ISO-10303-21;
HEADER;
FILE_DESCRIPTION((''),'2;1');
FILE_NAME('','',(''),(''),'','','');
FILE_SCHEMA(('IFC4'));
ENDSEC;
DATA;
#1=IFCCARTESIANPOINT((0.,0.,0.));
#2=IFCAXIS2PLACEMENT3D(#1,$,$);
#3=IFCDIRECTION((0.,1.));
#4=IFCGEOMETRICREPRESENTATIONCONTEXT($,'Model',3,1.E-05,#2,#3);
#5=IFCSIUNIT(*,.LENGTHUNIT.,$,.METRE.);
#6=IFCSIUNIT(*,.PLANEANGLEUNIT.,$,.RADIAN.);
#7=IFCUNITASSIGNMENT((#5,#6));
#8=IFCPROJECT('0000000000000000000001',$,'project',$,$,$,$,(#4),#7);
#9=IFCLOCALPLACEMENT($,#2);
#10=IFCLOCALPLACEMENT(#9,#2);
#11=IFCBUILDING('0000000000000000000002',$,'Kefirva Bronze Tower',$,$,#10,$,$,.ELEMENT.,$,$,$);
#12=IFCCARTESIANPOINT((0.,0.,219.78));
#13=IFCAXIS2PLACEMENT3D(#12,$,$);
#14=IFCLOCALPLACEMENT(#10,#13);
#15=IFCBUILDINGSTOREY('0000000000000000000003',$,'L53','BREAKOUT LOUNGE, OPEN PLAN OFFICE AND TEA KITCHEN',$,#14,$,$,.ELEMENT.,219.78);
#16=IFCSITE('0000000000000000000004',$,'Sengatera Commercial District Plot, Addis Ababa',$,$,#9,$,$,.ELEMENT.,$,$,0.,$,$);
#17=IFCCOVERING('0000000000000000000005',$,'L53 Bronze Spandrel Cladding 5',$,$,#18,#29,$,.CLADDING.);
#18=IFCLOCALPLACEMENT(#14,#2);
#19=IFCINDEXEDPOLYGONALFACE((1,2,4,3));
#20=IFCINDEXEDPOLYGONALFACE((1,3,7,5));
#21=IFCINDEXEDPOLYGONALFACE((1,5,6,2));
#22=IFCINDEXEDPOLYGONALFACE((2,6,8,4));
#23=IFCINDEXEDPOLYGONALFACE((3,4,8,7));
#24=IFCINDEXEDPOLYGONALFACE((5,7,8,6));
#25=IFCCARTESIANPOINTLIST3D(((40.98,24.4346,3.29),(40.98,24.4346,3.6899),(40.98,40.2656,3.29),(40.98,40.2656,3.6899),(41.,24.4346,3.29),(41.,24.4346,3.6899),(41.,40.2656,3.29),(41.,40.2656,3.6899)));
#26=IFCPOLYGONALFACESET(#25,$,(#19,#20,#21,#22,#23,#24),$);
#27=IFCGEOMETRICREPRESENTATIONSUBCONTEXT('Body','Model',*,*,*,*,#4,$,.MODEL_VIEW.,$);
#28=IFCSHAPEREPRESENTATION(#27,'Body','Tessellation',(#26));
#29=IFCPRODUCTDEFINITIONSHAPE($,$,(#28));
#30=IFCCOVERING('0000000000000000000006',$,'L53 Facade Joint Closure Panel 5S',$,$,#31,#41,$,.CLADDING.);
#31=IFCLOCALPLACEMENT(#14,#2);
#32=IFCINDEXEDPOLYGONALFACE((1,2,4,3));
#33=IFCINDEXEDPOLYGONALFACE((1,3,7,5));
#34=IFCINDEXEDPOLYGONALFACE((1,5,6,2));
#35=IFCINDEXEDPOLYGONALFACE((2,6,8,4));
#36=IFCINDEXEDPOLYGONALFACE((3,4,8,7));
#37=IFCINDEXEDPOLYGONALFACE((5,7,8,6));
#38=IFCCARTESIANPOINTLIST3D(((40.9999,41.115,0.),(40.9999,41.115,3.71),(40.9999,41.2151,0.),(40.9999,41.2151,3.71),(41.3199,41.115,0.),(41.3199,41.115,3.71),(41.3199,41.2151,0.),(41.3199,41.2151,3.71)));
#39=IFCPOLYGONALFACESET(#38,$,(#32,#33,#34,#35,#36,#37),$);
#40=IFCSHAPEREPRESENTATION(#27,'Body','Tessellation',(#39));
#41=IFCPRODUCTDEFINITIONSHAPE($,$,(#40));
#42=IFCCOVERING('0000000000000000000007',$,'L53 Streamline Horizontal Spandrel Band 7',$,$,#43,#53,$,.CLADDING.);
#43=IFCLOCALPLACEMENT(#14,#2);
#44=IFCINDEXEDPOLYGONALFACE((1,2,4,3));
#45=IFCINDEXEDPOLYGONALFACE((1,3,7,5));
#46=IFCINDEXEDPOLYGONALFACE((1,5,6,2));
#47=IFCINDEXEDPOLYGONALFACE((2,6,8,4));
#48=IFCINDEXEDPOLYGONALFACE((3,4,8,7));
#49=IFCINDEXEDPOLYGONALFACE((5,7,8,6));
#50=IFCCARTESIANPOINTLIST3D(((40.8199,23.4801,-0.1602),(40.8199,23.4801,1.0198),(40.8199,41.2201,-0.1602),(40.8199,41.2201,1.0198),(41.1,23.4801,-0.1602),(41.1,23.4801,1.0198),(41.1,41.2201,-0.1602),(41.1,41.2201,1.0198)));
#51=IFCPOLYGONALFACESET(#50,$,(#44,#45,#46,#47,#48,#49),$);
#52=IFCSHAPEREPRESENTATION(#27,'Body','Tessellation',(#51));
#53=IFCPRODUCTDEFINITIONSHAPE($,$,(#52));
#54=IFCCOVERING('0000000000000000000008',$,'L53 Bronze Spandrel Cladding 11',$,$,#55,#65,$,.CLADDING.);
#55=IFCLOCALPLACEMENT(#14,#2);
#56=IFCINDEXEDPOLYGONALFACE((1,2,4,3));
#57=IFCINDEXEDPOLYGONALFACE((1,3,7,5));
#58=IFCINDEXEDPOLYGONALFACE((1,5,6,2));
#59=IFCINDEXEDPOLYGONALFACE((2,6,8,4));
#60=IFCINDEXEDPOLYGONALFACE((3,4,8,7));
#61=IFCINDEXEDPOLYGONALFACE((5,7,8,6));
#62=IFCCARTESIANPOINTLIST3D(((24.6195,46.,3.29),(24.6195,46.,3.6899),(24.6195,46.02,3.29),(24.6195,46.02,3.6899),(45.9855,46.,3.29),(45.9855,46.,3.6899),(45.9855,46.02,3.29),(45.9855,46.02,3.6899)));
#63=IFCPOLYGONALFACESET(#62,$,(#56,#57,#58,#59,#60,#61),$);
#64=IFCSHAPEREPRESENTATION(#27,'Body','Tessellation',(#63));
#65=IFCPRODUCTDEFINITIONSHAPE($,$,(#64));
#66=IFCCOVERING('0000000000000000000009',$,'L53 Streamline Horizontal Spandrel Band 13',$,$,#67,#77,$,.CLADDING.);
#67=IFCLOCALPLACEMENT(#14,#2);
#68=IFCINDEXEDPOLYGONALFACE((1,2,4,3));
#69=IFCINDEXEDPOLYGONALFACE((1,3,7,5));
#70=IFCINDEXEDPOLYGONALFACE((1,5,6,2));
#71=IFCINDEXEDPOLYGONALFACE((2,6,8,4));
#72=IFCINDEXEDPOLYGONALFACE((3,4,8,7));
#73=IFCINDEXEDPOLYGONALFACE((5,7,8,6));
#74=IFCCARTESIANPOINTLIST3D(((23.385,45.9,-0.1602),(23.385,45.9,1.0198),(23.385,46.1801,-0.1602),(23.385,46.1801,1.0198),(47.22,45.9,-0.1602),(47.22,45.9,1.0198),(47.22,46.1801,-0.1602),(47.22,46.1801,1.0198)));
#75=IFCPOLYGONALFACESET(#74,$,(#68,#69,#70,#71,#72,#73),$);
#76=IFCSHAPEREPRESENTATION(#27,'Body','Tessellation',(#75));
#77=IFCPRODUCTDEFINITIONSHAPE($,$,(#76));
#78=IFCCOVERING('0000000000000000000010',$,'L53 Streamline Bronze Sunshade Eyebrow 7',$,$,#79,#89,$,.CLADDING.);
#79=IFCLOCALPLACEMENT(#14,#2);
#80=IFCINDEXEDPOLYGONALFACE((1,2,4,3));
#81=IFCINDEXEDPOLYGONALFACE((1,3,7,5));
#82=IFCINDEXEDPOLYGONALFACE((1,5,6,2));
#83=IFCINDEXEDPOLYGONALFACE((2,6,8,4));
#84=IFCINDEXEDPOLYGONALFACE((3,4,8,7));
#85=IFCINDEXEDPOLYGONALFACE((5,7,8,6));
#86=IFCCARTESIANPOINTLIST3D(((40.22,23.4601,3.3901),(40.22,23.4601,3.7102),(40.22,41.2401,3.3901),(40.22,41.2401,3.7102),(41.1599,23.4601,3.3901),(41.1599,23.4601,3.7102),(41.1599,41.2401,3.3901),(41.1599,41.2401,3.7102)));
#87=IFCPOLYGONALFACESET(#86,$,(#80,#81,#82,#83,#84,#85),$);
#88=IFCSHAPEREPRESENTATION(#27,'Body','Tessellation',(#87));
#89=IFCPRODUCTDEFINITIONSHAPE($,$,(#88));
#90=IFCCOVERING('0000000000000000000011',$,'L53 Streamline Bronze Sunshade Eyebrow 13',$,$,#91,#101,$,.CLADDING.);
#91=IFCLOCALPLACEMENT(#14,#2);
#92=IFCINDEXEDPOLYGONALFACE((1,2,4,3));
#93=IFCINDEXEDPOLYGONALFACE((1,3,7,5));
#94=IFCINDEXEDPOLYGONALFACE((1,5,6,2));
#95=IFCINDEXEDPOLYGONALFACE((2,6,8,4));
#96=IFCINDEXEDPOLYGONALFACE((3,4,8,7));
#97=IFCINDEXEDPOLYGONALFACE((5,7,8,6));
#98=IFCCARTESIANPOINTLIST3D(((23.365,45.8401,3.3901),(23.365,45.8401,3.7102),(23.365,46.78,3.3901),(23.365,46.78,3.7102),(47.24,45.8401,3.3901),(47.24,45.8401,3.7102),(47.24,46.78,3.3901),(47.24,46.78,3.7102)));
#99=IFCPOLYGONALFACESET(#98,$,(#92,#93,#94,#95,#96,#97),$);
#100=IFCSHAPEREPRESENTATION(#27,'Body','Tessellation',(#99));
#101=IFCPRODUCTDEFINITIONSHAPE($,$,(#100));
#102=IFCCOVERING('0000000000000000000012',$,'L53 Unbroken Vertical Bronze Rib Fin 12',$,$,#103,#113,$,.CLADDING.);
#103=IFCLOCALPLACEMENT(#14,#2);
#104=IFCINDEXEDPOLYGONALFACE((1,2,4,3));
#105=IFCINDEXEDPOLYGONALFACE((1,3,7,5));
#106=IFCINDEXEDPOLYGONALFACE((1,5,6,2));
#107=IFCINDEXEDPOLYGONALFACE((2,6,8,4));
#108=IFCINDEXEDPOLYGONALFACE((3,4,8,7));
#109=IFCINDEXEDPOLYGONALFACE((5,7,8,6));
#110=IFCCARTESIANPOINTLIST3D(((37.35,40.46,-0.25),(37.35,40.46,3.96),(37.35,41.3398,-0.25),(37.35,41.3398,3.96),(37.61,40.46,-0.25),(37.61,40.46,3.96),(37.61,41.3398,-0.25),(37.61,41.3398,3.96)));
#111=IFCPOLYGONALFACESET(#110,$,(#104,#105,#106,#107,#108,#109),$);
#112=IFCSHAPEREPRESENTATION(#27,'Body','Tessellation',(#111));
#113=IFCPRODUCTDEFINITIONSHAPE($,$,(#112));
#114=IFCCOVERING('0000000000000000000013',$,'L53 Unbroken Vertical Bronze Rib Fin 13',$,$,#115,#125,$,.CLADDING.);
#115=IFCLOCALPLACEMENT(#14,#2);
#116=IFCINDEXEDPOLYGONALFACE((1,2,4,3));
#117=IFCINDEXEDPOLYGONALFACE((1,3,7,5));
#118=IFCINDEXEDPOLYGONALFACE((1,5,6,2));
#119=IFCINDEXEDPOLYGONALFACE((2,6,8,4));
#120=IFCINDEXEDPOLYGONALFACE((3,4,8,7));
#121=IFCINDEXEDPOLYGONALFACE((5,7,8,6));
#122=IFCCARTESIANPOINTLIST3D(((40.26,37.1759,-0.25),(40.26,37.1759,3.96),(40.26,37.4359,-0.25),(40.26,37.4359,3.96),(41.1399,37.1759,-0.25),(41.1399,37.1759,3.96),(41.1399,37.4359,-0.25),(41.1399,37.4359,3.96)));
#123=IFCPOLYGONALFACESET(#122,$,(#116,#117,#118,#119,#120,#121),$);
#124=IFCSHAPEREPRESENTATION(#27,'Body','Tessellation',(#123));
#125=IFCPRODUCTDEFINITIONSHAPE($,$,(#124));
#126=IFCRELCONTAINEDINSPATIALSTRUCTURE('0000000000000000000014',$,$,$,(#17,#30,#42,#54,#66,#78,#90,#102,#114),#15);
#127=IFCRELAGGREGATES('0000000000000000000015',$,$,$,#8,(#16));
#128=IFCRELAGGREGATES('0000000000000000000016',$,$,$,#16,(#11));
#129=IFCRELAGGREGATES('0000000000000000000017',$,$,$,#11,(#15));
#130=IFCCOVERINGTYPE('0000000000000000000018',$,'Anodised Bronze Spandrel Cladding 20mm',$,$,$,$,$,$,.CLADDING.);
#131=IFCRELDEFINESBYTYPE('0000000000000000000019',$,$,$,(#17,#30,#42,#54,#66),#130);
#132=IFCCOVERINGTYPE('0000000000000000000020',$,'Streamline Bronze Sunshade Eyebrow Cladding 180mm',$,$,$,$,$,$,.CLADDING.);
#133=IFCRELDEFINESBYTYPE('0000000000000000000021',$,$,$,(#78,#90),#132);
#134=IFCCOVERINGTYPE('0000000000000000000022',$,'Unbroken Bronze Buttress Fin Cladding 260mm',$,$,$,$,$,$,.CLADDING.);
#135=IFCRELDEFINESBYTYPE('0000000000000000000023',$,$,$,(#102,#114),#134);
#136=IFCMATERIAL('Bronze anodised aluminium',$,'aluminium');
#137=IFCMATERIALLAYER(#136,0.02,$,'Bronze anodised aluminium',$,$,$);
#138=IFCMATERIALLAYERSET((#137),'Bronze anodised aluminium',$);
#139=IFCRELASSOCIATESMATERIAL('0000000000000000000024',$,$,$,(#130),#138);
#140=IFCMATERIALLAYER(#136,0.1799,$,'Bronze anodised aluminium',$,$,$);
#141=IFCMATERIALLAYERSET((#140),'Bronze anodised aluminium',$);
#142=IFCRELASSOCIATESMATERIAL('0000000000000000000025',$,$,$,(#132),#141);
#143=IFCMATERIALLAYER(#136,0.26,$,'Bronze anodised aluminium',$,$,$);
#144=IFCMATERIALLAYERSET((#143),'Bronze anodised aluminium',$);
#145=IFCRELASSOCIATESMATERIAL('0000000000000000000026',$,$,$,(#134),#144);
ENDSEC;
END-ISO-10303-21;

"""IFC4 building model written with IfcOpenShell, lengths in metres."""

from ifc_helpers import new_model, si_unit, direction, frame, origin, origin_2d, place, context, subcontext, project, spatial, rectangle, extrude, material, layer, layer_set, type_object, element, save


model = new_model("IFC4")

# Units and contexts
model_context = context("Model", 3, precision=1e-05, world=origin(), true_north=direction((0.0, 1.0)))
body_context = subcontext(model_context, "Body", "Model", "MODEL_VIEW")
ifc_project = project(units=[si_unit("LENGTHUNIT", "METRE"), si_unit("PLANEANGLEUNIT", "RADIAN")], contexts=[model_context])

# Site, building, storey
site_placement = place(None, origin())
site = spatial("IfcSite", under=ifc_project, at=site_placement, Name="Sengatera Commercial District Plot, Addis Ababa", CompositionType="ELEMENT", RefElevation=0.0)
building_placement = place(site_placement, origin())
building = spatial("IfcBuilding", under=site, at=building_placement, Name="Kefirva Bronze Tower", CompositionType="ELEMENT")
storey_placement = place(building_placement, frame((0.0, 0.0, 219.78)))
storey = spatial("IfcBuildingStorey", under=building, at=storey_placement, Name="L53", Description="BREAKOUT LOUNGE, OPEN PLAN OFFICE AND TEA KITCHEN", CompositionType="ELEMENT", Elevation=219.78)

# Shared definitions
ifc_material_1 = material(Name="Bronze anodised aluminium", Category="aluminium")

# Coverings
ifc_layer_1 = layer(ifc_material_1, 0.02, Name="Bronze anodised aluminium")
ifc_layer_set_1 = layer_set([ifc_layer_1], Name="Bronze anodised aluminium")
covering_type_1 = type_object("IfcCoveringType", Name="Anodised Bronze Spandrel Cladding 20mm", PredefinedType="CLADDING", material=ifc_layer_set_1)
covering_1_placement = place(storey_placement, frame((40.99, 32.3501, 3.29), z_axis=(0.0, 0.0, 1.0), x_axis=(0.0, -1.0, 0.0)))
element("IfcCovering", 1, at=covering_1_placement, inside=storey, type_object=covering_type_1, Name="L53 Bronze Spandrel Cladding 5", PredefinedType="CLADDING", context=body_context, shape_type="SweptSolid", body=[
    extrude(rectangle(XDim=15.8311, YDim=0.02, at=origin_2d()), origin(), (0.0, 0.0, 1.0), 0.3999),
])
covering_2_placement = place(storey_placement, frame((41.1599, 41.165, 0.0), z_axis=(0.0, 0.0, 1.0), x_axis=(0.0, -1.0, 0.0)))
element("IfcCovering", 2, at=covering_2_placement, inside=storey, type_object=covering_type_1, Name="L53 Facade Joint Closure Panel 5S", PredefinedType="CLADDING", context=body_context, shape_type="SweptSolid", body=[
    extrude(rectangle(XDim=0.1001, YDim=0.3201, at=origin_2d()), origin(), (0.0, 0.0, 1.0), 3.71),
])
covering_3_placement = place(storey_placement, frame((40.96, 32.3501, -0.1602), z_axis=(0.0, 0.0, 1.0), x_axis=(0.0, -1.0, 0.0)))
element("IfcCovering", 3, at=covering_3_placement, inside=storey, type_object=covering_type_1, Name="L53 Streamline Horizontal Spandrel Band 7", PredefinedType="CLADDING", context=body_context, shape_type="SweptSolid", body=[
    extrude(rectangle(XDim=17.74, YDim=0.28, at=origin_2d()), origin(), (0.0, 0.0, 1.0), 1.1799),
])
covering_4_placement = place(storey_placement, frame((35.3025, 46.01, 3.29), z_axis=(0.0, 0.0, 1.0), x_axis=(-1.0, 0.0, 0.0)))
element("IfcCovering", 4, at=covering_4_placement, inside=storey, type_object=covering_type_1, Name="L53 Bronze Spandrel Cladding 11", PredefinedType="CLADDING", context=body_context, shape_type="SweptSolid", body=[
    extrude(rectangle(XDim=21.366, YDim=0.02, at=origin_2d()), origin(), (0.0, 0.0, 1.0), 0.3999),
])
covering_5_placement = place(storey_placement, frame((35.3025, 46.04, -0.1602), z_axis=(0.0, 0.0, 1.0), x_axis=(-1.0, 0.0, 0.0)))
element("IfcCovering", 5, at=covering_5_placement, inside=storey, type_object=covering_type_1, Name="L53 Streamline Horizontal Spandrel Band 13", PredefinedType="CLADDING", context=body_context, shape_type="SweptSolid", body=[
    extrude(rectangle(XDim=23.835, YDim=0.28, at=origin_2d()), origin(), (0.0, 0.0, 1.0), 1.1799),
])
ifc_layer_2 = layer(ifc_material_1, 0.1799, Name="Bronze anodised aluminium")
ifc_layer_set_2 = layer_set([ifc_layer_2], Name="Bronze anodised aluminium")
covering_type_2 = type_object("IfcCoveringType", Name="Streamline Bronze Sunshade Eyebrow Cladding 180mm", PredefinedType="CLADDING", material=ifc_layer_set_2)
covering_6_placement = place(storey_placement, frame((40.6899, 32.3501, 3.3901), z_axis=(0.0, 0.0, 1.0), x_axis=(0.0, -1.0, 0.0)))
element("IfcCovering", 6, at=covering_6_placement, inside=storey, type_object=covering_type_2, Name="L53 Streamline Bronze Sunshade Eyebrow 7", PredefinedType="CLADDING", context=body_context, shape_type="SweptSolid", body=[
    extrude(rectangle(XDim=17.78, YDim=0.9399, at=origin_2d()), origin(), (0.0, 0.0, 1.0), 0.3201),
])
covering_7_placement = place(storey_placement, frame((35.3025, 46.3101, 3.3901), z_axis=(0.0, 0.0, 1.0), x_axis=(-1.0, 0.0, 0.0)))
element("IfcCovering", 7, at=covering_7_placement, inside=storey, type_object=covering_type_2, Name="L53 Streamline Bronze Sunshade Eyebrow 13", PredefinedType="CLADDING", context=body_context, shape_type="SweptSolid", body=[
    extrude(rectangle(XDim=23.875, YDim=0.9399, at=origin_2d()), origin(), (0.0, 0.0, 1.0), 0.3201),
])
ifc_layer_3 = layer(ifc_material_1, 0.26, Name="Bronze anodised aluminium")
ifc_layer_set_3 = layer_set([ifc_layer_3], Name="Bronze anodised aluminium")
covering_type_3 = type_object("IfcCoveringType", Name="Unbroken Bronze Buttress Fin Cladding 260mm", PredefinedType="CLADDING", material=ifc_layer_set_3)
for number, where, z_axis, x_axis, name in (
    (8, (37.48, 40.8999, -0.25), (0.0, 0.0, 1.0), (1.0, 0.0, 0.0), "L53 Unbroken Vertical Bronze Rib Fin 12"),
    (9, (40.7, 37.3059, -0.25), (0.0, 0.0, 1.0), (0.0, -1.0, 0.0), "L53 Unbroken Vertical Bronze Rib Fin 13"),
):
    element("IfcCovering", number, at=place(storey_placement, frame(where, z_axis=z_axis, x_axis=x_axis)), inside=storey, type_object=covering_type_3, Name=name, PredefinedType="CLADDING", context=body_context, shape_type="SweptSolid", body=[
        extrude(rectangle(XDim=0.26, YDim=0.8799, at=origin_2d()), origin(), (0.0, 0.0, 1.0), 4.21),
    ])

save(model, "model.ifc")
